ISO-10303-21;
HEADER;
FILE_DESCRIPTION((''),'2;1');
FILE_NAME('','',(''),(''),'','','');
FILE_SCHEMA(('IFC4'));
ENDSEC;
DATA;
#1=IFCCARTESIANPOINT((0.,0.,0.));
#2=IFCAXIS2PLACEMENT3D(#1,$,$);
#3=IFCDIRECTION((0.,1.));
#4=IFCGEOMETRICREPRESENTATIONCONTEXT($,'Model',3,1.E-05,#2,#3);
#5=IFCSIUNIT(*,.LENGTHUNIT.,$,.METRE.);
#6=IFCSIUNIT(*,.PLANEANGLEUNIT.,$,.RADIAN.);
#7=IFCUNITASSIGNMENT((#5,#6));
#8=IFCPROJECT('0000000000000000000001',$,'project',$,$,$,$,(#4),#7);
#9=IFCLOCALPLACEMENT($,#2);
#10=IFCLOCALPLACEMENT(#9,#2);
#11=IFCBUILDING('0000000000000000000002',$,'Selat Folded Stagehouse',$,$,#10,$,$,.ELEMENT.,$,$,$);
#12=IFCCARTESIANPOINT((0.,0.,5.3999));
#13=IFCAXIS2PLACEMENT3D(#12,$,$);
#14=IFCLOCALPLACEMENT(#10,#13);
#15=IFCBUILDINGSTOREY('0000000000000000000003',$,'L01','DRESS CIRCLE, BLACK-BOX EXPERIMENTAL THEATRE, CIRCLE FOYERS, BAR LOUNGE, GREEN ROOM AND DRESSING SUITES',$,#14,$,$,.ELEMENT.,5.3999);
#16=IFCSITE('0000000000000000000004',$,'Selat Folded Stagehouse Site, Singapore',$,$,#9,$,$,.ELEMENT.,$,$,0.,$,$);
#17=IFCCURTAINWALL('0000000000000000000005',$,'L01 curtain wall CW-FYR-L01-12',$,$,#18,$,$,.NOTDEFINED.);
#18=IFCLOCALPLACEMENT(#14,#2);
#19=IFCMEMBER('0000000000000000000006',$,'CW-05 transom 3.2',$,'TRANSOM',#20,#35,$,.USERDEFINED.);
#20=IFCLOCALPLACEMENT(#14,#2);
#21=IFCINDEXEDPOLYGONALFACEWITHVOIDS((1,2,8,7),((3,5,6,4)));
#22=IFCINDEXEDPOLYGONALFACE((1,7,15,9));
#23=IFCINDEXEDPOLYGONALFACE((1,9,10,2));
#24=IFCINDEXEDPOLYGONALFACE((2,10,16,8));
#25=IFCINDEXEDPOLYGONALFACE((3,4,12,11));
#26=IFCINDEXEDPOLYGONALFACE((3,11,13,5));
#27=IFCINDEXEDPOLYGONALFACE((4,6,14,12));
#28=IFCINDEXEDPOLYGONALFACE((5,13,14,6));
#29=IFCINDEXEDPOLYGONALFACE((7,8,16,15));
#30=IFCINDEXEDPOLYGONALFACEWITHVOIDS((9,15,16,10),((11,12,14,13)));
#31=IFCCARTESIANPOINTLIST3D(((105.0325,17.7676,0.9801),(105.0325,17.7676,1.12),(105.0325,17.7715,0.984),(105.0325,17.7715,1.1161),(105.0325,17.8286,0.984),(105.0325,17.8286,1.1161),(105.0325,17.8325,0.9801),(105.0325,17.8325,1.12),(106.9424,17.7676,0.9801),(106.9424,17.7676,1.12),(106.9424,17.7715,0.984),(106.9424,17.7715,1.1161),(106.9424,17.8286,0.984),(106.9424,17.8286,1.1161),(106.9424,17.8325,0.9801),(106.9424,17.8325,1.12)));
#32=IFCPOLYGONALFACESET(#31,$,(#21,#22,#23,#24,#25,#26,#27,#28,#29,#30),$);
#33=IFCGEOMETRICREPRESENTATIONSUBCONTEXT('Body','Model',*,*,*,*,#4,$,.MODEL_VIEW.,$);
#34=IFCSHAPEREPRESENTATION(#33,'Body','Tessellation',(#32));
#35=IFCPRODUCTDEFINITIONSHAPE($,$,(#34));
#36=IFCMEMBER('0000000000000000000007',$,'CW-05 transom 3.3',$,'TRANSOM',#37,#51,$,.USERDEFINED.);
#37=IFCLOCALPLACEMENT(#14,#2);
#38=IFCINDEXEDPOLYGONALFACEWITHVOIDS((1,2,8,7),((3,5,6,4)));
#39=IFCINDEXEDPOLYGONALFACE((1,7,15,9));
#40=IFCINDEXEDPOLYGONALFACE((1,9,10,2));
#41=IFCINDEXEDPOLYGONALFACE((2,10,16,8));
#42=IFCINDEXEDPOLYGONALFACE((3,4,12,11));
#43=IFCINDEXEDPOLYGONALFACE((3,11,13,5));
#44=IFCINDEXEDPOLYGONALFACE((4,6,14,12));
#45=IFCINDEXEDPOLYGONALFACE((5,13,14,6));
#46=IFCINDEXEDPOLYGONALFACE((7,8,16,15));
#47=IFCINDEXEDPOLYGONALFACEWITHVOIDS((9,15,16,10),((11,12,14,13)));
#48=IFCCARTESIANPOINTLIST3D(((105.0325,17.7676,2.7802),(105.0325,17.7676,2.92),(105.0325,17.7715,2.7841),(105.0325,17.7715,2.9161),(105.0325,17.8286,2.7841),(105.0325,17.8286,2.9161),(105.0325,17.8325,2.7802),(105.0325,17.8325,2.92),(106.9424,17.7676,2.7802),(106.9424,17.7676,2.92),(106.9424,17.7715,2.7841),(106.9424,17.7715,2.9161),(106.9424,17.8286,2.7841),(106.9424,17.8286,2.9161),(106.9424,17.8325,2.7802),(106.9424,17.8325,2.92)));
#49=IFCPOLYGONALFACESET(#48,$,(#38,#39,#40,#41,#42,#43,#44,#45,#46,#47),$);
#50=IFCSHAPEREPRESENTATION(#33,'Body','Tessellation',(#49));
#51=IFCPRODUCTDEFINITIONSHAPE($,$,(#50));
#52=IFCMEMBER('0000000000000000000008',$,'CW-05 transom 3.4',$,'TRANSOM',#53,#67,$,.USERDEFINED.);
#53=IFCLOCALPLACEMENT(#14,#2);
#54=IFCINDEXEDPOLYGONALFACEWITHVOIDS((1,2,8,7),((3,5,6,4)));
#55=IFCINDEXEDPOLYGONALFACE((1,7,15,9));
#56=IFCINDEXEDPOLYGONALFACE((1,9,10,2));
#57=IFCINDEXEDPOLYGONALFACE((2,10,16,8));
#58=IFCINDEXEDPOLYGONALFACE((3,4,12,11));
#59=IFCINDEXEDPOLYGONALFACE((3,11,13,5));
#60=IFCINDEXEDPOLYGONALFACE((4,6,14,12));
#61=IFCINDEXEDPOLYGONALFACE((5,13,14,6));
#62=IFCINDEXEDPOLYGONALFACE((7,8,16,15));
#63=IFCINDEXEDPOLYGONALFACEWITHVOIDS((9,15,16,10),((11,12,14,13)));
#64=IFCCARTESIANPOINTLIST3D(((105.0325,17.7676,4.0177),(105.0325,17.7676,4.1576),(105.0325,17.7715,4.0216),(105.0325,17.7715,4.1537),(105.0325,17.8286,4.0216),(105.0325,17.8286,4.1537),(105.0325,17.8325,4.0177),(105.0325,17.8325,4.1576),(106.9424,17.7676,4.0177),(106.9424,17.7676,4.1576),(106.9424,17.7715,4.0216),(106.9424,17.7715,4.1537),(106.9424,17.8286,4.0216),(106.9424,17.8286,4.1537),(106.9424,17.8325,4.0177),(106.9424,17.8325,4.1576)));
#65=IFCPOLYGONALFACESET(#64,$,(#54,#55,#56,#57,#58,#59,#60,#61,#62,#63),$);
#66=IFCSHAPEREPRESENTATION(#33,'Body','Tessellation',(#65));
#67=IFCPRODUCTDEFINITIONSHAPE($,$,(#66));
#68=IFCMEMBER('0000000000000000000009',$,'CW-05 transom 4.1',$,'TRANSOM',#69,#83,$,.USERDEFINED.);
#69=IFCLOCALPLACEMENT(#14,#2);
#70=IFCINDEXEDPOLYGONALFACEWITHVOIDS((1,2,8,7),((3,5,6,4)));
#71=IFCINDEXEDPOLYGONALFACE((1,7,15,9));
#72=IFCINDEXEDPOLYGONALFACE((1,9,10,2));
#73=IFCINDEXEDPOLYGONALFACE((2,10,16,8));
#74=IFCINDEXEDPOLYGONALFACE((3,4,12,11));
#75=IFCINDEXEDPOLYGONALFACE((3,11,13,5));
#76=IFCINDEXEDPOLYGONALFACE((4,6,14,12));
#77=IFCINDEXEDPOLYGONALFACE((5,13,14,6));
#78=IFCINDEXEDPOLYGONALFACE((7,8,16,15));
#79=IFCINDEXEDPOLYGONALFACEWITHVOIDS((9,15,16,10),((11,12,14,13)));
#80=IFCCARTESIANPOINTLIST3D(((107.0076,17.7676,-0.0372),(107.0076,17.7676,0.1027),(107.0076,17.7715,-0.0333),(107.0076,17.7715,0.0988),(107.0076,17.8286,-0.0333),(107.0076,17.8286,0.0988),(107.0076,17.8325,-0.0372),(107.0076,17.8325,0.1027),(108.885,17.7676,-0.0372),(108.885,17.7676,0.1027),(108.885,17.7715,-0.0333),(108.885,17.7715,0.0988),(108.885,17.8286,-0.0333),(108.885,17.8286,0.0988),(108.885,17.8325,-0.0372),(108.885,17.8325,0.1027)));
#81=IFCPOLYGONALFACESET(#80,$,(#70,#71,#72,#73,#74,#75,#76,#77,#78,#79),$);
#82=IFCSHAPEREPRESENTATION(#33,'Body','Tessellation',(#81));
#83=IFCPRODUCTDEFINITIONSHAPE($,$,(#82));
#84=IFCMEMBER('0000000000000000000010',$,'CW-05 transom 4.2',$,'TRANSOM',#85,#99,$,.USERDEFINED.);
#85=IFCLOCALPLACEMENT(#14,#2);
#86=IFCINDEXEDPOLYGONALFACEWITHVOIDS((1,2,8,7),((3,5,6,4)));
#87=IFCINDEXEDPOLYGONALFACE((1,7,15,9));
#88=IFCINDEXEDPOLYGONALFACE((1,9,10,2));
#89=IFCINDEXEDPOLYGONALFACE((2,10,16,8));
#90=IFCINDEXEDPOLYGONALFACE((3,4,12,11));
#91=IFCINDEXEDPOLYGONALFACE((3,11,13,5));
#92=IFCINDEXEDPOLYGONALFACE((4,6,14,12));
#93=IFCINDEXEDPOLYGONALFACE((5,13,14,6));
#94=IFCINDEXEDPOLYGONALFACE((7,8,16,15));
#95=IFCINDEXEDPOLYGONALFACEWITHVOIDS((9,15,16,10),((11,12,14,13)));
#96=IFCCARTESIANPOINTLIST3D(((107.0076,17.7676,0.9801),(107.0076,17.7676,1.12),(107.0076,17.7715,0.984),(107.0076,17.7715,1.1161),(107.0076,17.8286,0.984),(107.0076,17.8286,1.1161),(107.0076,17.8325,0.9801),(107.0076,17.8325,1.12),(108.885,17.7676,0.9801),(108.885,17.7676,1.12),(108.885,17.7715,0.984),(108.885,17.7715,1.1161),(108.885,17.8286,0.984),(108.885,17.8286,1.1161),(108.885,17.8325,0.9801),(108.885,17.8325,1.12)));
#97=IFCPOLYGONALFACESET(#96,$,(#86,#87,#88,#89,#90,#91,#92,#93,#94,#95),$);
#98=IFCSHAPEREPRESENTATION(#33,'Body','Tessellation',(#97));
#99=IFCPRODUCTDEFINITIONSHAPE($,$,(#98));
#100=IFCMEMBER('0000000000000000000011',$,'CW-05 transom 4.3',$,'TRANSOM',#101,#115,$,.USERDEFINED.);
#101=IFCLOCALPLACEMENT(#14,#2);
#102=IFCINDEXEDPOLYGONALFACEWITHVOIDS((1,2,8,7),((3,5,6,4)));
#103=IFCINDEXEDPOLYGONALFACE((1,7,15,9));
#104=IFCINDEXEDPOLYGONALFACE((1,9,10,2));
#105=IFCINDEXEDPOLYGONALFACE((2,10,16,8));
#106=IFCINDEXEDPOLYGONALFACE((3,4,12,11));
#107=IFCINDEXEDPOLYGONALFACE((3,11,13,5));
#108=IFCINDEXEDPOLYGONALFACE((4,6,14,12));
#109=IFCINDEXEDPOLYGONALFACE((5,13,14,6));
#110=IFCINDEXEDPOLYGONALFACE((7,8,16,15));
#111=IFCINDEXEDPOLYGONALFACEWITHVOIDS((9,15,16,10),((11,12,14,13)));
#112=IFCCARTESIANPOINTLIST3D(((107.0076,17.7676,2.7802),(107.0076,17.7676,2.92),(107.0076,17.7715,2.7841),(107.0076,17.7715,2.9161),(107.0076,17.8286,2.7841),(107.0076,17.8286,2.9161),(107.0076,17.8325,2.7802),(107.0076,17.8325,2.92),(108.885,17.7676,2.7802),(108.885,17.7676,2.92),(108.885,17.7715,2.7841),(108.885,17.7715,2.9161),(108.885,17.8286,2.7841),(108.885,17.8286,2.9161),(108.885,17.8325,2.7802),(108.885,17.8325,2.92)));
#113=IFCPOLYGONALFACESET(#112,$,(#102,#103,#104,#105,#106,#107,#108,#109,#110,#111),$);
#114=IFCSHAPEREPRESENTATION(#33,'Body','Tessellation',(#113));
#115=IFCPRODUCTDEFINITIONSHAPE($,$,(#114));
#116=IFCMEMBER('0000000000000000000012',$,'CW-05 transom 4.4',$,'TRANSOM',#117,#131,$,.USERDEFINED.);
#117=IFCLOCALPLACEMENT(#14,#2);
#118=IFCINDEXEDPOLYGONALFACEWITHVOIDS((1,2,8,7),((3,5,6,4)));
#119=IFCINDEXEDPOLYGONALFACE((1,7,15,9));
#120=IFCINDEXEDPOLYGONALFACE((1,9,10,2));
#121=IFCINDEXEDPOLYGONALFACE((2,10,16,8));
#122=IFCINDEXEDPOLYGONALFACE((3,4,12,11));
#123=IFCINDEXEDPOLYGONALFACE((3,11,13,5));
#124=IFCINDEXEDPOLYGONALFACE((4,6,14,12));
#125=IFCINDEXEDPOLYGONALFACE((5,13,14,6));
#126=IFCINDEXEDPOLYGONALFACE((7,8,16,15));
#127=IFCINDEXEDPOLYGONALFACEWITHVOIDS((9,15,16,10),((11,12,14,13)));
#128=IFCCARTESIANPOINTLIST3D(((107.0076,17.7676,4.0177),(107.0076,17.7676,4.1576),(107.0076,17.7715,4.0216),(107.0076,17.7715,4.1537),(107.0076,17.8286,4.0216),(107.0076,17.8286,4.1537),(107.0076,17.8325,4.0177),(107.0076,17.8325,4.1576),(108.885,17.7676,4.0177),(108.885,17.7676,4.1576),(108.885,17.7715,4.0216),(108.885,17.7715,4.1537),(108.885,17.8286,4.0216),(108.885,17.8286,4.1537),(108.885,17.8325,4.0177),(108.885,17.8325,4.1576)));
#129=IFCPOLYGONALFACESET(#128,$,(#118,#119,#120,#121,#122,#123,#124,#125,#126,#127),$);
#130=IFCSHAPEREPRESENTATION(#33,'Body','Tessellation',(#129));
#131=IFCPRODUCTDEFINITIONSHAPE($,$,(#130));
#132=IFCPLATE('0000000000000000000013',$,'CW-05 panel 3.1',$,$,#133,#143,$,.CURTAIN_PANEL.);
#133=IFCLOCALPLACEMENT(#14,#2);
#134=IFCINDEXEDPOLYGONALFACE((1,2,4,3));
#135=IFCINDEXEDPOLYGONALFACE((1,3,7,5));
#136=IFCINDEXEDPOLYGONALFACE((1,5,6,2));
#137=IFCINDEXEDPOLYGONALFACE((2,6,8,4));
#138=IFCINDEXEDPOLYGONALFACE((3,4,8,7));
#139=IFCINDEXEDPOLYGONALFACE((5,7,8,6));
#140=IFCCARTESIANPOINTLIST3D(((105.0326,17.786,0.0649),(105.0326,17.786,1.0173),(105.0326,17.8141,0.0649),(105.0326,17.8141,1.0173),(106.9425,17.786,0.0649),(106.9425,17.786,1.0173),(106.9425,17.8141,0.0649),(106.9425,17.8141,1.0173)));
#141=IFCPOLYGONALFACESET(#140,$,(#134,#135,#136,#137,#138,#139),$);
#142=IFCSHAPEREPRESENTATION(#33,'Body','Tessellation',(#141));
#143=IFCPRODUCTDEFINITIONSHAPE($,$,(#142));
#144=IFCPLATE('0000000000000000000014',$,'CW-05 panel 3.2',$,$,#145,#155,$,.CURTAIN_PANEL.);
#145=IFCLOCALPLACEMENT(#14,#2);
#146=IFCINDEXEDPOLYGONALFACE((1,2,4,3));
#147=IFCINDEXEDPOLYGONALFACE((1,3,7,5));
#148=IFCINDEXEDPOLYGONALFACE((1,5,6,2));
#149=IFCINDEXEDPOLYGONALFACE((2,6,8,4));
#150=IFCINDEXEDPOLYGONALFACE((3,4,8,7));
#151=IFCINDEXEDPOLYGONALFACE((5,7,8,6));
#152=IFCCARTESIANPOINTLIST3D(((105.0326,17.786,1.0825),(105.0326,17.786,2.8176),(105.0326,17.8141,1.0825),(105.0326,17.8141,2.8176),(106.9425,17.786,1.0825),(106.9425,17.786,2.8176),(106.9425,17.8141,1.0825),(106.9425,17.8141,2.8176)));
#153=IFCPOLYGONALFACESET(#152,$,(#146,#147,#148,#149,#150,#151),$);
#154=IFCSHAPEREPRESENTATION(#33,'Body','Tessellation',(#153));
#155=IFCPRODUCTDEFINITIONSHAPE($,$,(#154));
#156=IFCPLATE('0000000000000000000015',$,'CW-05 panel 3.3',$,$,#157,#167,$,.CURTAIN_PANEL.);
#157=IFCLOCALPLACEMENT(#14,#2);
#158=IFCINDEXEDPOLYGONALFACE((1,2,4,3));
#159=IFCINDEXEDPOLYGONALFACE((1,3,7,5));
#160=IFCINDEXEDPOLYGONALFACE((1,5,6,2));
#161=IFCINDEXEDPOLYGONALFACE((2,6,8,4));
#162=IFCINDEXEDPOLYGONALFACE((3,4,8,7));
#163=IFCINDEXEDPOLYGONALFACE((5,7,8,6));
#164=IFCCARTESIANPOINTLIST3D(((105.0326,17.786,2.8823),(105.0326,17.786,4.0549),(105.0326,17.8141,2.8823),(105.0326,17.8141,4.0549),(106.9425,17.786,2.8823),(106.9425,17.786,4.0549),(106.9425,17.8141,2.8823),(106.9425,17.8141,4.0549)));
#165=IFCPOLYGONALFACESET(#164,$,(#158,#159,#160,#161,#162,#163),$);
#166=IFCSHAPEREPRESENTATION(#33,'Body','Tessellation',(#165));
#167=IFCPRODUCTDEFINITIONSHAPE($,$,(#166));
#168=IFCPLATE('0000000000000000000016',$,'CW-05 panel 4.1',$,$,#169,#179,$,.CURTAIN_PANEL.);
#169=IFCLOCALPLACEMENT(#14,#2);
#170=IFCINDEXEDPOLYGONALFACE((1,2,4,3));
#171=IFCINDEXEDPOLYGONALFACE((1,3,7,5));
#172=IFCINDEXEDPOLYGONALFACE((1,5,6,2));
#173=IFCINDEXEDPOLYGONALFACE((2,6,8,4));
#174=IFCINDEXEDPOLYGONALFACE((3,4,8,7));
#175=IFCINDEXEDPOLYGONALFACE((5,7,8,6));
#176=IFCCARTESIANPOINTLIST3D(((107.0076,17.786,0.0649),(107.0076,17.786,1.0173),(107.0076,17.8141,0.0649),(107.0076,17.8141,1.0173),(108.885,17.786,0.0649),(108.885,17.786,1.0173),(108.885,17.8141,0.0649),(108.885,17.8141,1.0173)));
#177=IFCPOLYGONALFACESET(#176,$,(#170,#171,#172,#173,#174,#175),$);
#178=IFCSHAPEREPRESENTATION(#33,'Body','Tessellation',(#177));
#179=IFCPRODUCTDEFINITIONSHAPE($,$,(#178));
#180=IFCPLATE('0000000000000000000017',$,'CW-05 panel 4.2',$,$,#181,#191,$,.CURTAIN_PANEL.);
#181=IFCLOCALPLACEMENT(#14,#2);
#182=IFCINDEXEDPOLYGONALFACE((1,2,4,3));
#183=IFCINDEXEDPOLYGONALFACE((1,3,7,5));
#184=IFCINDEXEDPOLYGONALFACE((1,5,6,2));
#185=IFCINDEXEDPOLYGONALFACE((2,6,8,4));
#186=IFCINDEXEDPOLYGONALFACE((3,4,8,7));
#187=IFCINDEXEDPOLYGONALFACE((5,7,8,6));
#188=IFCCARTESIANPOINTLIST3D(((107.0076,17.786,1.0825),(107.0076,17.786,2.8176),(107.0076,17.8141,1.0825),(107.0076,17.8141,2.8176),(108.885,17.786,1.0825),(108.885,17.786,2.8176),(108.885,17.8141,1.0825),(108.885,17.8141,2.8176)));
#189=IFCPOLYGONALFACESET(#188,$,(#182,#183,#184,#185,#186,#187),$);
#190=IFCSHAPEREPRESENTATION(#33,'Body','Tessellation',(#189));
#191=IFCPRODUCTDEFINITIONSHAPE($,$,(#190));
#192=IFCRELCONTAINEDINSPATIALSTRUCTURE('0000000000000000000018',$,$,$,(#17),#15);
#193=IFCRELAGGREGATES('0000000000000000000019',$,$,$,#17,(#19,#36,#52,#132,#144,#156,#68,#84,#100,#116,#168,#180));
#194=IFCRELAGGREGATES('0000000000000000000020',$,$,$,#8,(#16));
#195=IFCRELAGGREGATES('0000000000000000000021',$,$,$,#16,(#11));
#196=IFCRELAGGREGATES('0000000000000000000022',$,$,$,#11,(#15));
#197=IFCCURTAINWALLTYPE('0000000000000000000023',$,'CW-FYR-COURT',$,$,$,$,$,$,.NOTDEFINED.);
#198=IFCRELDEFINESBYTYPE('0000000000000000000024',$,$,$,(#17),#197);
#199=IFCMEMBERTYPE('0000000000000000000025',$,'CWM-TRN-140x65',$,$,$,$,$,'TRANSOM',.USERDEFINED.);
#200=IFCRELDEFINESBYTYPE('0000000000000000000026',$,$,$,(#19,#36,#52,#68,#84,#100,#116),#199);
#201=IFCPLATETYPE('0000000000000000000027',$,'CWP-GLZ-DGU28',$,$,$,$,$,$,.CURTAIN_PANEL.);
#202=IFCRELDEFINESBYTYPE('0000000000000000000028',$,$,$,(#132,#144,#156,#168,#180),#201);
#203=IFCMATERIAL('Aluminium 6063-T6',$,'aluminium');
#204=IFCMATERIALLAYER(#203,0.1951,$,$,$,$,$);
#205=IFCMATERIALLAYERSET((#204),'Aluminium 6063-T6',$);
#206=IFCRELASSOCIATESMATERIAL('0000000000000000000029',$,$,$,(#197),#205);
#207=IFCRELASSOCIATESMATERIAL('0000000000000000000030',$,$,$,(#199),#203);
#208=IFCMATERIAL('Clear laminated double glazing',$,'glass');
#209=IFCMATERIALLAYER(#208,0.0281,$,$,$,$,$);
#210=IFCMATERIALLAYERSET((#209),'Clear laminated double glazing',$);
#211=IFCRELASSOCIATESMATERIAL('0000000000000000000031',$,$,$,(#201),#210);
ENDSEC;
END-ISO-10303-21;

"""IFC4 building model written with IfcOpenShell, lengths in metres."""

from ifc_helpers import new_model, si_unit, direction, frame, origin, origin_2d, place, context, subcontext, project, spatial, rectangle, hollow_rectangle, extrude, material, layer, layer_set, material_profile, profile_set, type_object, element, aggregate, save


model = new_model("IFC4")

# Units and contexts
model_context = context("Model", 3, precision=1e-05, world=origin(), true_north=direction((0.0, 1.0)))
body_context = subcontext(model_context, "Body", "Model", "MODEL_VIEW")
ifc_project = project(units=[si_unit("LENGTHUNIT", "METRE"), si_unit("PLANEANGLEUNIT", "RADIAN")], contexts=[model_context])

# Site, building, storey
site_placement = place(None, origin())
site = spatial("IfcSite", under=ifc_project, at=site_placement, Name="Selat Folded Stagehouse Site, Singapore", CompositionType="ELEMENT", RefElevation=0.0)
building_placement = place(site_placement, origin())
building = spatial("IfcBuilding", under=site, at=building_placement, Name="Selat Folded Stagehouse", CompositionType="ELEMENT")
storey_placement = place(building_placement, frame((0.0, 0.0, 5.3999)))
storey = spatial("IfcBuildingStorey", under=building, at=storey_placement, Name="L01", Description="DRESS CIRCLE, BLACK-BOX EXPERIMENTAL THEATRE, CIRCLE FOYERS, BAR LOUNGE, GREEN ROOM AND DRESSING SUITES", CompositionType="ELEMENT", Elevation=5.3999)

# Curtain wall
ifc_material_1 = material(Name="Aluminium 6063-T6", Category="aluminium")
ifc_layer_1 = layer(ifc_material_1, 0.1951)
ifc_layer_set_1 = layer_set([ifc_layer_1], Name="Aluminium 6063-T6")
curtain_wall_type = type_object("IfcCurtainWallType", Name="CW-FYR-COURT", PredefinedType="NOTDEFINED", material=ifc_layer_set_1)
curtain_wall_1_placement = place(storey_placement, origin())
curtain_wall_1 = element("IfcCurtainWall", 1, at=curtain_wall_1_placement, inside=storey, type_object=curtain_wall_type, Name="L01 curtain wall CW-FYR-L01-12", PredefinedType="NOTDEFINED")

# Members
ifc_material_profile_1 = material_profile(ifc_material_1, hollow_rectangle(XDim=0.0649, YDim=0.1399, WallThickness=0.0039, at=origin_2d()), Name="ALU 140x65x4.0")
ifc_profile_set_1 = profile_set([ifc_material_profile_1], Name="Aluminium 6063-T6")
member_type_1 = type_object("IfcMemberType", Name="CWM-TRN-140x65", ElementType="TRANSOM", PredefinedType="USERDEFINED", material=ifc_profile_set_1)
member_1_placement = place(storey_placement, frame((105.0325, 17.8, 1.05), z_axis=(1.0, 0.0, 0.0), x_axis=(0.0, 1.0, 0.0)))
member_1 = element("IfcMember", 2, at=member_1_placement, type_object=member_type_1, Name="CW-05 transom 3.2", ObjectType="TRANSOM", PredefinedType="USERDEFINED", context=body_context, shape_type="SweptSolid", body=[
    extrude(hollow_rectangle(XDim=0.0649, YDim=0.1399, WallThickness=0.0039, at=origin_2d()), origin(), (0.0, 0.0, 1.0), 1.9099),
])
member_2_placement = place(storey_placement, frame((105.0325, 17.8, 2.8501), z_axis=(1.0, 0.0, 0.0), x_axis=(0.0, 1.0, 0.0)))
member_2 = element("IfcMember", 3, at=member_2_placement, type_object=member_type_1, Name="CW-05 transom 3.3", ObjectType="TRANSOM", PredefinedType="USERDEFINED", context=body_context, shape_type="SweptSolid", body=[
    extrude(hollow_rectangle(XDim=0.0649, YDim=0.1399, WallThickness=0.0039, at=origin_2d()), origin(), (0.0, 0.0, 1.0), 1.9099),
])
member_3_placement = place(storey_placement, frame((105.0325, 17.8, 4.0876), z_axis=(1.0, 0.0, 0.0), x_axis=(0.0, 1.0, 0.0)))
member_3 = element("IfcMember", 4, at=member_3_placement, type_object=member_type_1, Name="CW-05 transom 3.4", ObjectType="TRANSOM", PredefinedType="USERDEFINED", context=body_context, shape_type="SweptSolid", body=[
    extrude(hollow_rectangle(XDim=0.0649, YDim=0.1399, WallThickness=0.0039, at=origin_2d()), origin(), (0.0, 0.0, 1.0), 1.9099),
])
member_4_placement = place(storey_placement, frame((107.0076, 17.8, 0.0327), z_axis=(1.0, 0.0, 0.0), x_axis=(0.0, 1.0, 0.0)))
member_4 = element("IfcMember", 5, at=member_4_placement, type_object=member_type_1, Name="CW-05 transom 4.1", ObjectType="TRANSOM", PredefinedType="USERDEFINED", context=body_context, shape_type="SweptSolid", body=[
    extrude(hollow_rectangle(XDim=0.0649, YDim=0.1399, WallThickness=0.0039, at=origin_2d()), origin(), (0.0, 0.0, 1.0), 1.8774),
])
member_5_placement = place(storey_placement, frame((107.0076, 17.8, 1.05), z_axis=(1.0, 0.0, 0.0), x_axis=(0.0, 1.0, 0.0)))
member_5 = element("IfcMember", 6, at=member_5_placement, type_object=member_type_1, Name="CW-05 transom 4.2", ObjectType="TRANSOM", PredefinedType="USERDEFINED", context=body_context, shape_type="SweptSolid", body=[
    extrude(hollow_rectangle(XDim=0.0649, YDim=0.1399, WallThickness=0.0039, at=origin_2d()), origin(), (0.0, 0.0, 1.0), 1.8774),
])
member_6_placement = place(storey_placement, frame((107.0076, 17.8, 2.8501), z_axis=(1.0, 0.0, 0.0), x_axis=(0.0, 1.0, 0.0)))
member_6 = element("IfcMember", 7, at=member_6_placement, type_object=member_type_1, Name="CW-05 transom 4.3", ObjectType="TRANSOM", PredefinedType="USERDEFINED", context=body_context, shape_type="SweptSolid", body=[
    extrude(hollow_rectangle(XDim=0.0649, YDim=0.1399, WallThickness=0.0039, at=origin_2d()), origin(), (0.0, 0.0, 1.0), 1.8774),
])
member_7_placement = place(storey_placement, frame((107.0076, 17.8, 4.0876), z_axis=(1.0, 0.0, 0.0), x_axis=(0.0, 1.0, 0.0)))
member_7 = element("IfcMember", 8, at=member_7_placement, type_object=member_type_1, Name="CW-05 transom 4.4", ObjectType="TRANSOM", PredefinedType="USERDEFINED", context=body_context, shape_type="SweptSolid", body=[
    extrude(hollow_rectangle(XDim=0.0649, YDim=0.1399, WallThickness=0.0039, at=origin_2d()), origin(), (0.0, 0.0, 1.0), 1.8774),
])

# Plates
ifc_material_2 = material(Name="Clear laminated double glazing", Category="glass")
ifc_layer_2 = layer(ifc_material_2, 0.0281)
ifc_layer_set_2 = layer_set([ifc_layer_2], Name="Clear laminated double glazing")
plate_type = type_object("IfcPlateType", Name="CWP-GLZ-DGU28", PredefinedType="CURTAIN_PANEL", material=ifc_layer_set_2)
plate_1_placement = place(storey_placement, frame((105.9875, 17.8, 0.0649), z_axis=(0.0, 0.0, 1.0), x_axis=(1.0, 0.0, 0.0)))
plate_1 = element("IfcPlate", 9, at=plate_1_placement, type_object=plate_type, Name="CW-05 panel 3.1", PredefinedType="CURTAIN_PANEL", context=body_context, shape_type="SweptSolid", body=[
    extrude(rectangle(XDim=1.9099, YDim=0.0281, at=origin_2d()), origin(), (0.0, 0.0, 1.0), 0.9524),
])
plate_2_placement = place(storey_placement, frame((105.9875, 17.8, 1.0825), z_axis=(0.0, 0.0, 1.0), x_axis=(1.0, 0.0, 0.0)))
plate_2 = element("IfcPlate", 10, at=plate_2_placement, type_object=plate_type, Name="CW-05 panel 3.2", PredefinedType="CURTAIN_PANEL", context=body_context, shape_type="SweptSolid", body=[
    extrude(rectangle(XDim=1.9099, YDim=0.0281, at=origin_2d()), origin(), (0.0, 0.0, 1.0), 1.7351),
])
plate_3_placement = place(storey_placement, frame((105.9875, 17.8, 2.8823), z_axis=(0.0, 0.0, 1.0), x_axis=(1.0, 0.0, 0.0)))
plate_3 = element("IfcPlate", 11, at=plate_3_placement, type_object=plate_type, Name="CW-05 panel 3.3", PredefinedType="CURTAIN_PANEL", context=body_context, shape_type="SweptSolid", body=[
    extrude(rectangle(XDim=1.9099, YDim=0.0281, at=origin_2d()), origin(), (0.0, 0.0, 1.0), 1.1726),
])
plate_4_placement = place(storey_placement, frame((107.9463, 17.8, 0.0649), z_axis=(0.0, 0.0, 1.0), x_axis=(1.0, 0.0, 0.0)))
plate_4 = element("IfcPlate", 12, at=plate_4_placement, type_object=plate_type, Name="CW-05 panel 4.1", PredefinedType="CURTAIN_PANEL", context=body_context, shape_type="SweptSolid", body=[
    extrude(rectangle(XDim=1.8774, YDim=0.0281, at=origin_2d()), origin(), (0.0, 0.0, 1.0), 0.9524),
])
plate_5_placement = place(storey_placement, frame((107.9463, 17.8, 1.0825), z_axis=(0.0, 0.0, 1.0), x_axis=(1.0, 0.0, 0.0)))
plate_5 = element("IfcPlate", 13, at=plate_5_placement, type_object=plate_type, Name="CW-05 panel 4.2", PredefinedType="CURTAIN_PANEL", context=body_context, shape_type="SweptSolid", body=[
    extrude(rectangle(XDim=1.8774, YDim=0.0281, at=origin_2d()), origin(), (0.0, 0.0, 1.0), 1.7351),
])
aggregate(curtain_wall_1, [member_1, member_2, member_3, plate_1, plate_2, plate_3, member_4, member_5, member_6, member_7, plate_4, plate_5])

save(model, "model.ifc")
